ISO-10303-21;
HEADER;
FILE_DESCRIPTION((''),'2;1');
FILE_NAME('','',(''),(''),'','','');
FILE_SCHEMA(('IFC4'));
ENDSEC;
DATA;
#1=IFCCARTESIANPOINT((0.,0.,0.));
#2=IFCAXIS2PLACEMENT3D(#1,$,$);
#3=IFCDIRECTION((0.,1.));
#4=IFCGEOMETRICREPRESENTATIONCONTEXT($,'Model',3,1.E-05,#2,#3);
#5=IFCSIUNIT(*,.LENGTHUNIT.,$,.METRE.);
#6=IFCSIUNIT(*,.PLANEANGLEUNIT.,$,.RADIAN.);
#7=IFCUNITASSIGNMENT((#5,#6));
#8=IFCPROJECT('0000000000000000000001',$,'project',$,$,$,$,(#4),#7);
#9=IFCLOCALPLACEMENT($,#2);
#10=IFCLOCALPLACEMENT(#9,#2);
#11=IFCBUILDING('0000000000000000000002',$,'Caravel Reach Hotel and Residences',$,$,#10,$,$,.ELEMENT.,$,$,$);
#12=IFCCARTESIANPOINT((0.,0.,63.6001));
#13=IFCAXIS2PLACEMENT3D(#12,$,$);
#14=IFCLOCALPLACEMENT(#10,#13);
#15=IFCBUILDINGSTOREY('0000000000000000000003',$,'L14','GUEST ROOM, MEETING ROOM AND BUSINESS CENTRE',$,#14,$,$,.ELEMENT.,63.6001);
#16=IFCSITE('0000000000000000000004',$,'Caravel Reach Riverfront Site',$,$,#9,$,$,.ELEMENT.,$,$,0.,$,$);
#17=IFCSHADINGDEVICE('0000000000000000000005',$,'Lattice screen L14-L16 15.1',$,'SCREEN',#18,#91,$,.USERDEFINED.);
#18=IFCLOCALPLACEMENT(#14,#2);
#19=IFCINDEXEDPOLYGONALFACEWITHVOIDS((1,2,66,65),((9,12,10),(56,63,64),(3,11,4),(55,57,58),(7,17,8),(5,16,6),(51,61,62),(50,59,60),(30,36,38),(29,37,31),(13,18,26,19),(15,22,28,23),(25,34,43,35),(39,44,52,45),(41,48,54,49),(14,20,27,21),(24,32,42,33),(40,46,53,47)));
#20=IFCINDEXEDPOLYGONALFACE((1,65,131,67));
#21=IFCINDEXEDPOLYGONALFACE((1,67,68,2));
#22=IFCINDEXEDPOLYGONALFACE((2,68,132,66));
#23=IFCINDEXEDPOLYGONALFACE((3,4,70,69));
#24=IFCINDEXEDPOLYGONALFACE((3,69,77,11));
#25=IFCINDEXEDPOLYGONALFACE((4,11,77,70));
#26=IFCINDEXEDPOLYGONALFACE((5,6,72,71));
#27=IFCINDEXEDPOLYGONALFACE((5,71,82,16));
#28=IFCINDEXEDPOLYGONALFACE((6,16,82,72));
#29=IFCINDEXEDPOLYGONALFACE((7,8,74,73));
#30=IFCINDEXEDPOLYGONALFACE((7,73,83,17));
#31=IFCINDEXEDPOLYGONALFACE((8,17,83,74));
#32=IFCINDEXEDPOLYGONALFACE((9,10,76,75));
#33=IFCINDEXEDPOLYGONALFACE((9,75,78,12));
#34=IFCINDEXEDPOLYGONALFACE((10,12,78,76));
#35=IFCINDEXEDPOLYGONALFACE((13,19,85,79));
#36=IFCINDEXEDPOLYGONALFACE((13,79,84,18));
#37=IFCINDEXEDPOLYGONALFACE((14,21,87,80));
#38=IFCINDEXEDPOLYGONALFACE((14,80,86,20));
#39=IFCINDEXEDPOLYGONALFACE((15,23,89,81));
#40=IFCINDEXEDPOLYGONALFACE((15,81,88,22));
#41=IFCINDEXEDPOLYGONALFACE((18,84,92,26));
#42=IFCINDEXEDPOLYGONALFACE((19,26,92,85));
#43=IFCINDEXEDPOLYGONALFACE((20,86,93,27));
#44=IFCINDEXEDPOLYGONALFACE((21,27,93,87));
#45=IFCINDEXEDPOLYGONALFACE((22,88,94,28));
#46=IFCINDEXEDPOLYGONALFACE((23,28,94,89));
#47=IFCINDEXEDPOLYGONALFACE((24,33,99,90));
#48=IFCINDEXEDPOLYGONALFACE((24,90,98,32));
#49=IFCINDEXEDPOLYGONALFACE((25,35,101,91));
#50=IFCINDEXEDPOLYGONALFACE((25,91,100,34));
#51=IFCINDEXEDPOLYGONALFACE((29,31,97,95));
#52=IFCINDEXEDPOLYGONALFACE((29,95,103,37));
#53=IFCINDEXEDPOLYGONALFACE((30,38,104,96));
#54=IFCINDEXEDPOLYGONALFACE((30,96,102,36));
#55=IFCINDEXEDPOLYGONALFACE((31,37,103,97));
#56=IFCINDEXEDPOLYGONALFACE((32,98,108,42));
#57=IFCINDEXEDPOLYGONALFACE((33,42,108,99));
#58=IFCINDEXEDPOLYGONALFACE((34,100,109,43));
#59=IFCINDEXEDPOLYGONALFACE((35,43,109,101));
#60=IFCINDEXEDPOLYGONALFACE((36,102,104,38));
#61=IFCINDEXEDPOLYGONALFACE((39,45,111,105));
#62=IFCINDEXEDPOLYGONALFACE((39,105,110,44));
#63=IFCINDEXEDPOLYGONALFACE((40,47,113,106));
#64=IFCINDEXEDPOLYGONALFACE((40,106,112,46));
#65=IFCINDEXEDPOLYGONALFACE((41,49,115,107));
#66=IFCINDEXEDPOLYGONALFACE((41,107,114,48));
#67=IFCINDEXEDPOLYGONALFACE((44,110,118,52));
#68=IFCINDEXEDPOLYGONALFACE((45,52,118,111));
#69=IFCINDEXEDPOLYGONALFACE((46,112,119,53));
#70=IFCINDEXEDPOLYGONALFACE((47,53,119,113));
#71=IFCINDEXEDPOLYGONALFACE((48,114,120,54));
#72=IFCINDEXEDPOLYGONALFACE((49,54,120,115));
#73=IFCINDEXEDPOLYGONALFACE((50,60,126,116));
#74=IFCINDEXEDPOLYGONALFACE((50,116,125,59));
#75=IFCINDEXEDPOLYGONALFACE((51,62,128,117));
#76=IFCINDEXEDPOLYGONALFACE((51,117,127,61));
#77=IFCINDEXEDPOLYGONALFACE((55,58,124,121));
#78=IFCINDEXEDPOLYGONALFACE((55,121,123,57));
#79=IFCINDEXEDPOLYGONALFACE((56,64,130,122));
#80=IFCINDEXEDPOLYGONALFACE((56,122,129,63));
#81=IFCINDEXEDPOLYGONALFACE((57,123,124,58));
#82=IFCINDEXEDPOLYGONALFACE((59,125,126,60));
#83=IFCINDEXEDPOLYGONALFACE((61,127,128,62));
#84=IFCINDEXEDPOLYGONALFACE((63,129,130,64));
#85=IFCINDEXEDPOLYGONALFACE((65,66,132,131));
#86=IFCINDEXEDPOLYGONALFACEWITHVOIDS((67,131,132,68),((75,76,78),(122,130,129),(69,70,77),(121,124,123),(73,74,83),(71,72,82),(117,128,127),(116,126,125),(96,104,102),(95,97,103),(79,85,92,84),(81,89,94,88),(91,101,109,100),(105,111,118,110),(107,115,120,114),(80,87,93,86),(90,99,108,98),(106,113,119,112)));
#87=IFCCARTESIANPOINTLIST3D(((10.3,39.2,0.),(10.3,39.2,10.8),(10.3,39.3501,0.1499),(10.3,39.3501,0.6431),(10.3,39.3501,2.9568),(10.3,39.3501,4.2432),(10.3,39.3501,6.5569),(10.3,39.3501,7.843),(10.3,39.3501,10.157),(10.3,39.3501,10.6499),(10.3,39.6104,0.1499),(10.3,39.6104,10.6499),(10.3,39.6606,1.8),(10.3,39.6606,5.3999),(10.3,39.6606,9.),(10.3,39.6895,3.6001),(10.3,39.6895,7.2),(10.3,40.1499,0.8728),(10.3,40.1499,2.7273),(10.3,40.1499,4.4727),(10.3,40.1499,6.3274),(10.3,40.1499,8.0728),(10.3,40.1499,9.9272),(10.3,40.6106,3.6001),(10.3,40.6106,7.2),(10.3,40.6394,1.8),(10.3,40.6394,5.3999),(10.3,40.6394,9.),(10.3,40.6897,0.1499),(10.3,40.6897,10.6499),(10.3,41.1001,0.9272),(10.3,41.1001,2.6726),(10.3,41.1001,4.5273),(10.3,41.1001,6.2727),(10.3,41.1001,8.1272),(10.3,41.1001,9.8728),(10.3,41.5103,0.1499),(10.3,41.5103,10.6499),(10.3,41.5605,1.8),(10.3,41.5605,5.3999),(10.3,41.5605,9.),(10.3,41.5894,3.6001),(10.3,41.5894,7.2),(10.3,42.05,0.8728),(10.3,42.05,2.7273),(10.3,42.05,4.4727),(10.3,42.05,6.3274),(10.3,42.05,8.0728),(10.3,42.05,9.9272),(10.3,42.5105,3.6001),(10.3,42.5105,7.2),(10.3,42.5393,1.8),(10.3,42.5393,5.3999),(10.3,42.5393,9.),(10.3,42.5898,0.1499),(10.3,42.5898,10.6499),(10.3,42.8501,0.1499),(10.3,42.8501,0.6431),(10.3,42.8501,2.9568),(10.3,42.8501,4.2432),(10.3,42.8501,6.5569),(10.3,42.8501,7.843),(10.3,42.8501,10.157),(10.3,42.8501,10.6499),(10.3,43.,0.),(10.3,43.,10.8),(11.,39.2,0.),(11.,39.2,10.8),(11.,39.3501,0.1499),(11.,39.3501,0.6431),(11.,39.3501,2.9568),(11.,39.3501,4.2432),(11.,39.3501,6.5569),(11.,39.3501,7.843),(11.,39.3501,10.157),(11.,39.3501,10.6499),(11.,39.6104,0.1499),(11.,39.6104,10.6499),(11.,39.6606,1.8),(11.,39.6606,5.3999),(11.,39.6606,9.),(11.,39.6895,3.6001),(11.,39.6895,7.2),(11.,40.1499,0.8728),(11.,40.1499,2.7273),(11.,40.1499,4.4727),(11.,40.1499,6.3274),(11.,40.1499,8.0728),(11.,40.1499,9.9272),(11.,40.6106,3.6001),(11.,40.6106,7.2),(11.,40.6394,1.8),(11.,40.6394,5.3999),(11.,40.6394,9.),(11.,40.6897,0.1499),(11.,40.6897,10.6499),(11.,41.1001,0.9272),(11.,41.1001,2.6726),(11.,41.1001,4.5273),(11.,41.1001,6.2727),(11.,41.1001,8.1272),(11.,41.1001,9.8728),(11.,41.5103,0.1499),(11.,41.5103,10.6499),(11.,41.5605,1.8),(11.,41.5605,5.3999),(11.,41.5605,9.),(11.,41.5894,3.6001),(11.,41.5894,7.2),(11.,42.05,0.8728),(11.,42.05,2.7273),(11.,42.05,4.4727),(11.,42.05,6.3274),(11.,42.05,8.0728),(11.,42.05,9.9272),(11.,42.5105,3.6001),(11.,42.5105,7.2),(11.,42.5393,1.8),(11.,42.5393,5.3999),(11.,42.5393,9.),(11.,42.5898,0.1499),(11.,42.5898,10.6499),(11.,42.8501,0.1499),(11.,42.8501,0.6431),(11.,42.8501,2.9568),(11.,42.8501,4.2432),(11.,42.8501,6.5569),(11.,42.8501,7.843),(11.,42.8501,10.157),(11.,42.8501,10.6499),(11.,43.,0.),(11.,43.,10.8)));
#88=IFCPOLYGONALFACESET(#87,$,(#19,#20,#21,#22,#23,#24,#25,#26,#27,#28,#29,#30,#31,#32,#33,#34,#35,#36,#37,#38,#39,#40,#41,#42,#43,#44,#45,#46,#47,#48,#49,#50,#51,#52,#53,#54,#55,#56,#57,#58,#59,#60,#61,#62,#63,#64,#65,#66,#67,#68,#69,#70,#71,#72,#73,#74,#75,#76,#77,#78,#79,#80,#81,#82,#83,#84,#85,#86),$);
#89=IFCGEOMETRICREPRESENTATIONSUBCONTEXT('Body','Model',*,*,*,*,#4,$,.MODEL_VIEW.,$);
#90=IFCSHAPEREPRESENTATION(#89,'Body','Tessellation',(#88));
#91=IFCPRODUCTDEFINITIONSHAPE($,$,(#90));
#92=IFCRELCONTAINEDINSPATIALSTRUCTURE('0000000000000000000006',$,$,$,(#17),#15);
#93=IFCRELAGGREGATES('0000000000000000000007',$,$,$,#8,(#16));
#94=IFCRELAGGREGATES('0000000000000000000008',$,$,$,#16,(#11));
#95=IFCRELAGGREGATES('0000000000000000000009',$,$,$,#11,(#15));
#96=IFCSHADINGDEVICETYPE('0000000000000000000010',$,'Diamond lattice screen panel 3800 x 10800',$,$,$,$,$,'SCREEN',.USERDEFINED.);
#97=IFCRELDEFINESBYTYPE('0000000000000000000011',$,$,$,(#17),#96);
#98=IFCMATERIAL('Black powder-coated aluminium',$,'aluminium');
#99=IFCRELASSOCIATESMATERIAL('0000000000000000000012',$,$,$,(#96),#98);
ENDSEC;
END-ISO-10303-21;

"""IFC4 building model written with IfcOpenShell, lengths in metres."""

from ifc_helpers import new_model, si_unit, direction, frame, origin, place, context, subcontext, project, spatial, polyline, outline, extrude, material, type_object, element, save


model = new_model("IFC4")

# Units and contexts
model_context = context("Model", 3, precision=1e-05, world=origin(), true_north=direction((0.0, 1.0)))
body_context = subcontext(model_context, "Body", "Model", "MODEL_VIEW")
ifc_project = project(units=[si_unit("LENGTHUNIT", "METRE"), si_unit("PLANEANGLEUNIT", "RADIAN")], contexts=[model_context])

# Site, building, storey
site_placement = place(None, origin())
site = spatial("IfcSite", under=ifc_project, at=site_placement, Name="Caravel Reach Riverfront Site", CompositionType="ELEMENT", RefElevation=0.0)
building_placement = place(site_placement, origin())
building = spatial("IfcBuilding", under=site, at=building_placement, Name="Caravel Reach Hotel and Residences", CompositionType="ELEMENT")
storey_placement = place(building_placement, frame((0.0, 0.0, 63.6001)))
storey = spatial("IfcBuildingStorey", under=building, at=storey_placement, Name="L14", Description="GUEST ROOM, MEETING ROOM AND BUSINESS CENTRE", CompositionType="ELEMENT", Elevation=63.6001)

# Shading device
ifc_material_1 = material(Name="Black powder-coated aluminium", Category="aluminium")
shading_device_type_1 = type_object("IfcShadingDeviceType", Name="Diamond lattice screen panel 3800 x 10800", ElementType="SCREEN", PredefinedType="USERDEFINED", material=ifc_material_1)
shading_device_1_placement = place(storey_placement, frame((11.0, 43.0, 0.0), z_axis=(-1.0, 0.0, 0.0), x_axis=(0.0, -1.0, 0.0)))
element("IfcShadingDevice", 1, at=shading_device_1_placement, inside=storey, type_object=shading_device_type_1, Name="Lattice screen L14-L16 15.1", ObjectType="SCREEN", PredefinedType="USERDEFINED", context=body_context, shape_type="SweptSolid", body=[
    extrude(outline(polyline([(0.0, 0.0), (3.8, 0.0), (3.8, 10.8), (0.0, 10.8), (0.0, 0.0)]), holes=[polyline([(0.4102, 0.1499), (0.1499, 0.6431), (0.1499, 0.1499), (0.4102, 0.1499)]), polyline([(0.4895, 3.6001), (0.1499, 4.2432), (0.1499, 2.9568), (0.4895, 3.6001)]), polyline([(0.4895, 7.2), (0.1499, 7.843), (0.1499, 6.5569), (0.4895, 7.2)]), polyline([(0.1499, 10.157), (0.4102, 10.6499), (0.1499, 10.6499), (0.1499, 10.157)]), polyline([(0.95, 2.7273), (0.4607, 1.8), (0.95, 0.8728), (1.4395, 1.8), (0.95, 2.7273)]), polyline([(0.95, 6.3274), (0.4607, 5.3999), (0.95, 4.4727), (1.4395, 5.3999), (0.95, 6.3274)]), polyline([(0.95, 9.9272), (0.4607, 9.0), (0.95, 8.0728), (1.4395, 9.0), (0.95, 9.9272)]), polyline([(1.8999, 0.9272), (1.4897, 0.1499), (2.3103, 0.1499), (1.8999, 0.9272)]), polyline([(1.8999, 4.5273), (1.4106, 3.6001), (1.8999, 2.6726), (2.3894, 3.6001), (1.8999, 4.5273)]), polyline([(1.8999, 8.1272), (1.4106, 7.2), (1.8999, 6.2727), (2.3894, 7.2), (1.8999, 8.1272)]), polyline([(1.8999, 9.8728), (2.3103, 10.6499), (1.4897, 10.6499), (1.8999, 9.8728)]), polyline([(2.8501, 2.7273), (2.3606, 1.8), (2.8501, 0.8728), (3.3394, 1.8), (2.8501, 2.7273)]), polyline([(2.8501, 6.3274), (2.3606, 5.3999), (2.8501, 4.4727), (3.3394, 5.3999), (2.8501, 6.3274)]), polyline([(2.8501, 9.9272), (2.3606, 9.0), (2.8501, 8.0728), (3.3394, 9.0), (2.8501, 9.9272)]), polyline([(3.6499, 0.6431), (3.3896, 0.1499), (3.6499, 0.1499), (3.6499, 0.6431)]), polyline([(3.3105, 3.6001), (3.6499, 2.9568), (3.6499, 4.2432), (3.3105, 3.6001)]), polyline([(3.3105, 7.2), (3.6499, 6.5569), (3.6499, 7.843), (3.3105, 7.2)]), polyline([(3.3896, 10.6499), (3.6499, 10.157), (3.6499, 10.6499), (3.3896, 10.6499)])]), origin(), (0.0, 0.0, 1.0), 0.7),
])

save(model, "model.ifc")
